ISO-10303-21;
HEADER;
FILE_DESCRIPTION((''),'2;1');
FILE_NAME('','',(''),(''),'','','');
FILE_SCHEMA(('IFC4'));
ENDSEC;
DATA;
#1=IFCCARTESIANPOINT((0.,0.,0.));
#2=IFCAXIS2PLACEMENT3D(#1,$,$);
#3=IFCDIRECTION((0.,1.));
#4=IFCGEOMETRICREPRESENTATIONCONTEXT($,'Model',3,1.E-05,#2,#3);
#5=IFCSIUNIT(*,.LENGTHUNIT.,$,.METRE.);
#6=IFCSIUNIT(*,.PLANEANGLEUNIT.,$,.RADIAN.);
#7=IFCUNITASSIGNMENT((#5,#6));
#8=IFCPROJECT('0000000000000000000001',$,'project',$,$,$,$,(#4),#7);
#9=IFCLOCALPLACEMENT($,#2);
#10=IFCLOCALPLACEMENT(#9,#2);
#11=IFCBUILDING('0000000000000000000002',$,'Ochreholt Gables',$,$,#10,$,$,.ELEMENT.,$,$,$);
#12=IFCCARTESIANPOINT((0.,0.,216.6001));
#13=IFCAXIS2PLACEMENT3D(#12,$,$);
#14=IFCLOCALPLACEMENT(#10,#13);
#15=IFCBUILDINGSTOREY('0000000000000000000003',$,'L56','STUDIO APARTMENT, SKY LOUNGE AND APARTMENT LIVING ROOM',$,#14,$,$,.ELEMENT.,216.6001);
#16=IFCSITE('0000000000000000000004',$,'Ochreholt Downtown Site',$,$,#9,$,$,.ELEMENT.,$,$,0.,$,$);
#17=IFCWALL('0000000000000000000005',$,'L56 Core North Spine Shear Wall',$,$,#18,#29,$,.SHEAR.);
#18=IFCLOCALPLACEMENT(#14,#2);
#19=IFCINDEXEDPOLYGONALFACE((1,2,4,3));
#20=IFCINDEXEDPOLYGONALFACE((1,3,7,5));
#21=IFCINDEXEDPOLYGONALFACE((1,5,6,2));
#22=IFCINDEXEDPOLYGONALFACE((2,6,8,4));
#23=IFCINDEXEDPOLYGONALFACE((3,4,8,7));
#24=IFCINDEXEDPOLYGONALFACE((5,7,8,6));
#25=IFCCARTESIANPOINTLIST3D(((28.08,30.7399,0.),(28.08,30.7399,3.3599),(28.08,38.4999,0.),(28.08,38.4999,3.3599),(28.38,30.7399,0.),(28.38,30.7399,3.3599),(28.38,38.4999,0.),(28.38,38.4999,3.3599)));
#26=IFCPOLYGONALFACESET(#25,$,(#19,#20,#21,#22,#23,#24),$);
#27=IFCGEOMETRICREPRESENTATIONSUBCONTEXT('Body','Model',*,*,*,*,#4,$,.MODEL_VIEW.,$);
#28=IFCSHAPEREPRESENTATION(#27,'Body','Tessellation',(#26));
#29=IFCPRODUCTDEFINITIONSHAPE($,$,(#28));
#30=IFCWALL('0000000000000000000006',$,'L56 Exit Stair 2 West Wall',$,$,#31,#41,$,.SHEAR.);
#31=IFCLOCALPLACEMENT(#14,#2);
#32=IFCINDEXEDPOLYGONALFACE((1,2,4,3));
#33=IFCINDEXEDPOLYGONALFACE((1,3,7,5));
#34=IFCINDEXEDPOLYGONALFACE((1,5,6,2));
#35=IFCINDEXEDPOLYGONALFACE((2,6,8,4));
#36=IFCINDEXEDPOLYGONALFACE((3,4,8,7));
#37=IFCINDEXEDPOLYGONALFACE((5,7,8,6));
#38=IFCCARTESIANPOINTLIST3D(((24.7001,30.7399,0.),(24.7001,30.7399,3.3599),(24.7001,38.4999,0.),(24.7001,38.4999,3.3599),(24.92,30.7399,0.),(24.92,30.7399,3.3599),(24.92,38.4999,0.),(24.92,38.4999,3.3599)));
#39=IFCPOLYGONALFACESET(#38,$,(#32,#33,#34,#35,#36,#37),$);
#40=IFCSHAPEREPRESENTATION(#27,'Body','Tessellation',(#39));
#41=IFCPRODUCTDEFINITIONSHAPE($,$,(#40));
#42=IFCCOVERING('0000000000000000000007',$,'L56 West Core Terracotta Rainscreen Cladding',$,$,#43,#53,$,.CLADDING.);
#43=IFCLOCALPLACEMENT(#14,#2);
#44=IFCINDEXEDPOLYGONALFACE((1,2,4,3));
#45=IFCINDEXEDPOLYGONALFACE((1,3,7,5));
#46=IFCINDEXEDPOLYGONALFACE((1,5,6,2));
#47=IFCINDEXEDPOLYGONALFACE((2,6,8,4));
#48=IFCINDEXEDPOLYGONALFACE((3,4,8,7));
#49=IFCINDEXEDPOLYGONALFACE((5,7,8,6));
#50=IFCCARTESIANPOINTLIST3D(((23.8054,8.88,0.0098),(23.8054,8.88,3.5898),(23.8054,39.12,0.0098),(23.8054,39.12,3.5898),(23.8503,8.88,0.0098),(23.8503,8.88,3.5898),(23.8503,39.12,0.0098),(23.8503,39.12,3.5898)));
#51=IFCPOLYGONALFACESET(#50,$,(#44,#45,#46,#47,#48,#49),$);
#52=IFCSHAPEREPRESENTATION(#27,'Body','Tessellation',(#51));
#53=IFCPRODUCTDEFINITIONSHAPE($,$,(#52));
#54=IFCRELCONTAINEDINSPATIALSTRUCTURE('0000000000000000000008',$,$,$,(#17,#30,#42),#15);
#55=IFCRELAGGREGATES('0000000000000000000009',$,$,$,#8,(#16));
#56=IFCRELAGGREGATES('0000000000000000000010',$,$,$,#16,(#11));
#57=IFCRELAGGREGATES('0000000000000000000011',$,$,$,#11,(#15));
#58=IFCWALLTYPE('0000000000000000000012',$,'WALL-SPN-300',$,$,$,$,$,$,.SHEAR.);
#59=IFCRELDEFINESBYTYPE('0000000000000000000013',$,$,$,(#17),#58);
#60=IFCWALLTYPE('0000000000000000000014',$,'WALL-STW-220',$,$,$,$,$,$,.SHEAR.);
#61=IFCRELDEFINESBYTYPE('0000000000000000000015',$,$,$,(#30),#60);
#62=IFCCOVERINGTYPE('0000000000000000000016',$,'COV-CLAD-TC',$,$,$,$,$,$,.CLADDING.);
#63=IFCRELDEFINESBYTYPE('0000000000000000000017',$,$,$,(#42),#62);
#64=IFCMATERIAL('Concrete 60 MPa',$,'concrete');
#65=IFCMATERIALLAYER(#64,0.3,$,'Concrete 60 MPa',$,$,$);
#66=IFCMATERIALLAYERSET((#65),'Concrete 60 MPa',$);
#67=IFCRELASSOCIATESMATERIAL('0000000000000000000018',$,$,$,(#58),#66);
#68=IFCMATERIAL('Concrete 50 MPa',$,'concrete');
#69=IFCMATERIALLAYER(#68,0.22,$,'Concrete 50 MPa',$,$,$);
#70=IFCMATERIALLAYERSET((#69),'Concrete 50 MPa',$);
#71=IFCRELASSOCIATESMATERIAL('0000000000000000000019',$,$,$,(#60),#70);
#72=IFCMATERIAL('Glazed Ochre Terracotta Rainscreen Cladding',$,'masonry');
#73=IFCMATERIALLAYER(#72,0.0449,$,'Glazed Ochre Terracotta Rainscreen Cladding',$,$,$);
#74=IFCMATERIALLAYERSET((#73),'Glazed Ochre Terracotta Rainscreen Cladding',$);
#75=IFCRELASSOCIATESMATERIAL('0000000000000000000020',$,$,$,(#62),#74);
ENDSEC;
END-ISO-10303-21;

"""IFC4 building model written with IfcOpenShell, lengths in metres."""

from ifc_helpers import new_model, si_unit, direction, frame, frame_2d, origin, origin_2d, place, context, subcontext, project, spatial, rectangle, extrude, material, layer, layer_set, type_object, element, save


model = new_model("IFC4")

# Units and contexts
model_context = context("Model", 3, precision=1e-05, world=origin(), true_north=direction((0.0, 1.0)))
body_context = subcontext(model_context, "Body", "Model", "MODEL_VIEW")
ifc_project = project(units=[si_unit("LENGTHUNIT", "METRE"), si_unit("PLANEANGLEUNIT", "RADIAN")], contexts=[model_context])

# Site, building, storey
site_placement = place(None, origin())
site = spatial("IfcSite", under=ifc_project, at=site_placement, Name="Ochreholt Downtown Site", CompositionType="ELEMENT", RefElevation=0.0)
building_placement = place(site_placement, origin())
building = spatial("IfcBuilding", under=site, at=building_placement, Name="Ochreholt Gables", CompositionType="ELEMENT")
storey_placement = place(building_placement, frame((0.0, 0.0, 216.6001)))
storey = spatial("IfcBuildingStorey", under=building, at=storey_placement, Name="L56", Description="STUDIO APARTMENT, SKY LOUNGE AND APARTMENT LIVING ROOM", CompositionType="ELEMENT", Elevation=216.6001)

# Shared definitions
ifc_material_1 = material(Name="Concrete 50 MPa", Category="concrete")

# Walls
ifc_material_2 = material(Name="Concrete 60 MPa", Category="concrete")
ifc_layer_1 = layer(ifc_material_2, 0.3, Name="Concrete 60 MPa")
ifc_layer_set_1 = layer_set([ifc_layer_1], Name="Concrete 60 MPa")
wall_type_1 = type_object("IfcWallType", Name="WALL-SPN-300", PredefinedType="SHEAR", material=ifc_layer_set_1)
wall_1_placement = place(storey_placement, frame((28.23, 30.74, 0.0), z_axis=(0.0, 0.0, 1.0), x_axis=(0.0, 1.0, 0.0)))
element("IfcWall", 1, at=wall_1_placement, inside=storey, type_object=wall_type_1, Name="L56 Core North Spine Shear Wall", PredefinedType="SHEAR", context=body_context, shape_type="SweptSolid", body=[
    extrude(rectangle(XDim=7.76, YDim=0.3, at=frame_2d((3.8799, 0.0))), origin(), (0.0, 0.0, 1.0), 3.3599),
])
ifc_layer_2 = layer(ifc_material_1, 0.22, Name="Concrete 50 MPa")
ifc_layer_set_2 = layer_set([ifc_layer_2], Name="Concrete 50 MPa")
wall_type_2 = type_object("IfcWallType", Name="WALL-STW-220", PredefinedType="SHEAR", material=ifc_layer_set_2)
wall_2_placement = place(storey_placement, frame((24.8101, 30.74, 0.0), z_axis=(0.0, 0.0, 1.0), x_axis=(0.0, 1.0, 0.0)))
element("IfcWall", 2, at=wall_2_placement, inside=storey, type_object=wall_type_2, Name="L56 Exit Stair 2 West Wall", PredefinedType="SHEAR", context=body_context, shape_type="SweptSolid", body=[
    extrude(rectangle(XDim=7.76, YDim=0.22, at=frame_2d((3.8799, 0.0))), origin(), (0.0, 0.0, 1.0), 3.3599),
])

# Covering
ifc_material_3 = material(Name="Glazed Ochre Terracotta Rainscreen Cladding", Category="masonry")
ifc_layer_3 = layer(ifc_material_3, 0.0449, Name="Glazed Ochre Terracotta Rainscreen Cladding")
ifc_layer_set_3 = layer_set([ifc_layer_3], Name="Glazed Ochre Terracotta Rainscreen Cladding")
covering_type = type_object("IfcCoveringType", Name="COV-CLAD-TC", PredefinedType="CLADDING", material=ifc_layer_set_3)
covering_placement = place(storey_placement, frame((23.8279, 24.0, 0.0098), z_axis=(0.0, 0.0, 1.0), x_axis=(0.0, 1.0, 0.0)))
element("IfcCovering", 3, at=covering_placement, inside=storey, type_object=covering_type, Name="L56 West Core Terracotta Rainscreen Cladding", PredefinedType="CLADDING", context=body_context, shape_type="SweptSolid", body=[
    extrude(rectangle(XDim=30.24, YDim=0.0449, at=origin_2d()), origin(), (0.0, 0.0, 1.0), 3.5801),
])

save(model, "model.ifc")
